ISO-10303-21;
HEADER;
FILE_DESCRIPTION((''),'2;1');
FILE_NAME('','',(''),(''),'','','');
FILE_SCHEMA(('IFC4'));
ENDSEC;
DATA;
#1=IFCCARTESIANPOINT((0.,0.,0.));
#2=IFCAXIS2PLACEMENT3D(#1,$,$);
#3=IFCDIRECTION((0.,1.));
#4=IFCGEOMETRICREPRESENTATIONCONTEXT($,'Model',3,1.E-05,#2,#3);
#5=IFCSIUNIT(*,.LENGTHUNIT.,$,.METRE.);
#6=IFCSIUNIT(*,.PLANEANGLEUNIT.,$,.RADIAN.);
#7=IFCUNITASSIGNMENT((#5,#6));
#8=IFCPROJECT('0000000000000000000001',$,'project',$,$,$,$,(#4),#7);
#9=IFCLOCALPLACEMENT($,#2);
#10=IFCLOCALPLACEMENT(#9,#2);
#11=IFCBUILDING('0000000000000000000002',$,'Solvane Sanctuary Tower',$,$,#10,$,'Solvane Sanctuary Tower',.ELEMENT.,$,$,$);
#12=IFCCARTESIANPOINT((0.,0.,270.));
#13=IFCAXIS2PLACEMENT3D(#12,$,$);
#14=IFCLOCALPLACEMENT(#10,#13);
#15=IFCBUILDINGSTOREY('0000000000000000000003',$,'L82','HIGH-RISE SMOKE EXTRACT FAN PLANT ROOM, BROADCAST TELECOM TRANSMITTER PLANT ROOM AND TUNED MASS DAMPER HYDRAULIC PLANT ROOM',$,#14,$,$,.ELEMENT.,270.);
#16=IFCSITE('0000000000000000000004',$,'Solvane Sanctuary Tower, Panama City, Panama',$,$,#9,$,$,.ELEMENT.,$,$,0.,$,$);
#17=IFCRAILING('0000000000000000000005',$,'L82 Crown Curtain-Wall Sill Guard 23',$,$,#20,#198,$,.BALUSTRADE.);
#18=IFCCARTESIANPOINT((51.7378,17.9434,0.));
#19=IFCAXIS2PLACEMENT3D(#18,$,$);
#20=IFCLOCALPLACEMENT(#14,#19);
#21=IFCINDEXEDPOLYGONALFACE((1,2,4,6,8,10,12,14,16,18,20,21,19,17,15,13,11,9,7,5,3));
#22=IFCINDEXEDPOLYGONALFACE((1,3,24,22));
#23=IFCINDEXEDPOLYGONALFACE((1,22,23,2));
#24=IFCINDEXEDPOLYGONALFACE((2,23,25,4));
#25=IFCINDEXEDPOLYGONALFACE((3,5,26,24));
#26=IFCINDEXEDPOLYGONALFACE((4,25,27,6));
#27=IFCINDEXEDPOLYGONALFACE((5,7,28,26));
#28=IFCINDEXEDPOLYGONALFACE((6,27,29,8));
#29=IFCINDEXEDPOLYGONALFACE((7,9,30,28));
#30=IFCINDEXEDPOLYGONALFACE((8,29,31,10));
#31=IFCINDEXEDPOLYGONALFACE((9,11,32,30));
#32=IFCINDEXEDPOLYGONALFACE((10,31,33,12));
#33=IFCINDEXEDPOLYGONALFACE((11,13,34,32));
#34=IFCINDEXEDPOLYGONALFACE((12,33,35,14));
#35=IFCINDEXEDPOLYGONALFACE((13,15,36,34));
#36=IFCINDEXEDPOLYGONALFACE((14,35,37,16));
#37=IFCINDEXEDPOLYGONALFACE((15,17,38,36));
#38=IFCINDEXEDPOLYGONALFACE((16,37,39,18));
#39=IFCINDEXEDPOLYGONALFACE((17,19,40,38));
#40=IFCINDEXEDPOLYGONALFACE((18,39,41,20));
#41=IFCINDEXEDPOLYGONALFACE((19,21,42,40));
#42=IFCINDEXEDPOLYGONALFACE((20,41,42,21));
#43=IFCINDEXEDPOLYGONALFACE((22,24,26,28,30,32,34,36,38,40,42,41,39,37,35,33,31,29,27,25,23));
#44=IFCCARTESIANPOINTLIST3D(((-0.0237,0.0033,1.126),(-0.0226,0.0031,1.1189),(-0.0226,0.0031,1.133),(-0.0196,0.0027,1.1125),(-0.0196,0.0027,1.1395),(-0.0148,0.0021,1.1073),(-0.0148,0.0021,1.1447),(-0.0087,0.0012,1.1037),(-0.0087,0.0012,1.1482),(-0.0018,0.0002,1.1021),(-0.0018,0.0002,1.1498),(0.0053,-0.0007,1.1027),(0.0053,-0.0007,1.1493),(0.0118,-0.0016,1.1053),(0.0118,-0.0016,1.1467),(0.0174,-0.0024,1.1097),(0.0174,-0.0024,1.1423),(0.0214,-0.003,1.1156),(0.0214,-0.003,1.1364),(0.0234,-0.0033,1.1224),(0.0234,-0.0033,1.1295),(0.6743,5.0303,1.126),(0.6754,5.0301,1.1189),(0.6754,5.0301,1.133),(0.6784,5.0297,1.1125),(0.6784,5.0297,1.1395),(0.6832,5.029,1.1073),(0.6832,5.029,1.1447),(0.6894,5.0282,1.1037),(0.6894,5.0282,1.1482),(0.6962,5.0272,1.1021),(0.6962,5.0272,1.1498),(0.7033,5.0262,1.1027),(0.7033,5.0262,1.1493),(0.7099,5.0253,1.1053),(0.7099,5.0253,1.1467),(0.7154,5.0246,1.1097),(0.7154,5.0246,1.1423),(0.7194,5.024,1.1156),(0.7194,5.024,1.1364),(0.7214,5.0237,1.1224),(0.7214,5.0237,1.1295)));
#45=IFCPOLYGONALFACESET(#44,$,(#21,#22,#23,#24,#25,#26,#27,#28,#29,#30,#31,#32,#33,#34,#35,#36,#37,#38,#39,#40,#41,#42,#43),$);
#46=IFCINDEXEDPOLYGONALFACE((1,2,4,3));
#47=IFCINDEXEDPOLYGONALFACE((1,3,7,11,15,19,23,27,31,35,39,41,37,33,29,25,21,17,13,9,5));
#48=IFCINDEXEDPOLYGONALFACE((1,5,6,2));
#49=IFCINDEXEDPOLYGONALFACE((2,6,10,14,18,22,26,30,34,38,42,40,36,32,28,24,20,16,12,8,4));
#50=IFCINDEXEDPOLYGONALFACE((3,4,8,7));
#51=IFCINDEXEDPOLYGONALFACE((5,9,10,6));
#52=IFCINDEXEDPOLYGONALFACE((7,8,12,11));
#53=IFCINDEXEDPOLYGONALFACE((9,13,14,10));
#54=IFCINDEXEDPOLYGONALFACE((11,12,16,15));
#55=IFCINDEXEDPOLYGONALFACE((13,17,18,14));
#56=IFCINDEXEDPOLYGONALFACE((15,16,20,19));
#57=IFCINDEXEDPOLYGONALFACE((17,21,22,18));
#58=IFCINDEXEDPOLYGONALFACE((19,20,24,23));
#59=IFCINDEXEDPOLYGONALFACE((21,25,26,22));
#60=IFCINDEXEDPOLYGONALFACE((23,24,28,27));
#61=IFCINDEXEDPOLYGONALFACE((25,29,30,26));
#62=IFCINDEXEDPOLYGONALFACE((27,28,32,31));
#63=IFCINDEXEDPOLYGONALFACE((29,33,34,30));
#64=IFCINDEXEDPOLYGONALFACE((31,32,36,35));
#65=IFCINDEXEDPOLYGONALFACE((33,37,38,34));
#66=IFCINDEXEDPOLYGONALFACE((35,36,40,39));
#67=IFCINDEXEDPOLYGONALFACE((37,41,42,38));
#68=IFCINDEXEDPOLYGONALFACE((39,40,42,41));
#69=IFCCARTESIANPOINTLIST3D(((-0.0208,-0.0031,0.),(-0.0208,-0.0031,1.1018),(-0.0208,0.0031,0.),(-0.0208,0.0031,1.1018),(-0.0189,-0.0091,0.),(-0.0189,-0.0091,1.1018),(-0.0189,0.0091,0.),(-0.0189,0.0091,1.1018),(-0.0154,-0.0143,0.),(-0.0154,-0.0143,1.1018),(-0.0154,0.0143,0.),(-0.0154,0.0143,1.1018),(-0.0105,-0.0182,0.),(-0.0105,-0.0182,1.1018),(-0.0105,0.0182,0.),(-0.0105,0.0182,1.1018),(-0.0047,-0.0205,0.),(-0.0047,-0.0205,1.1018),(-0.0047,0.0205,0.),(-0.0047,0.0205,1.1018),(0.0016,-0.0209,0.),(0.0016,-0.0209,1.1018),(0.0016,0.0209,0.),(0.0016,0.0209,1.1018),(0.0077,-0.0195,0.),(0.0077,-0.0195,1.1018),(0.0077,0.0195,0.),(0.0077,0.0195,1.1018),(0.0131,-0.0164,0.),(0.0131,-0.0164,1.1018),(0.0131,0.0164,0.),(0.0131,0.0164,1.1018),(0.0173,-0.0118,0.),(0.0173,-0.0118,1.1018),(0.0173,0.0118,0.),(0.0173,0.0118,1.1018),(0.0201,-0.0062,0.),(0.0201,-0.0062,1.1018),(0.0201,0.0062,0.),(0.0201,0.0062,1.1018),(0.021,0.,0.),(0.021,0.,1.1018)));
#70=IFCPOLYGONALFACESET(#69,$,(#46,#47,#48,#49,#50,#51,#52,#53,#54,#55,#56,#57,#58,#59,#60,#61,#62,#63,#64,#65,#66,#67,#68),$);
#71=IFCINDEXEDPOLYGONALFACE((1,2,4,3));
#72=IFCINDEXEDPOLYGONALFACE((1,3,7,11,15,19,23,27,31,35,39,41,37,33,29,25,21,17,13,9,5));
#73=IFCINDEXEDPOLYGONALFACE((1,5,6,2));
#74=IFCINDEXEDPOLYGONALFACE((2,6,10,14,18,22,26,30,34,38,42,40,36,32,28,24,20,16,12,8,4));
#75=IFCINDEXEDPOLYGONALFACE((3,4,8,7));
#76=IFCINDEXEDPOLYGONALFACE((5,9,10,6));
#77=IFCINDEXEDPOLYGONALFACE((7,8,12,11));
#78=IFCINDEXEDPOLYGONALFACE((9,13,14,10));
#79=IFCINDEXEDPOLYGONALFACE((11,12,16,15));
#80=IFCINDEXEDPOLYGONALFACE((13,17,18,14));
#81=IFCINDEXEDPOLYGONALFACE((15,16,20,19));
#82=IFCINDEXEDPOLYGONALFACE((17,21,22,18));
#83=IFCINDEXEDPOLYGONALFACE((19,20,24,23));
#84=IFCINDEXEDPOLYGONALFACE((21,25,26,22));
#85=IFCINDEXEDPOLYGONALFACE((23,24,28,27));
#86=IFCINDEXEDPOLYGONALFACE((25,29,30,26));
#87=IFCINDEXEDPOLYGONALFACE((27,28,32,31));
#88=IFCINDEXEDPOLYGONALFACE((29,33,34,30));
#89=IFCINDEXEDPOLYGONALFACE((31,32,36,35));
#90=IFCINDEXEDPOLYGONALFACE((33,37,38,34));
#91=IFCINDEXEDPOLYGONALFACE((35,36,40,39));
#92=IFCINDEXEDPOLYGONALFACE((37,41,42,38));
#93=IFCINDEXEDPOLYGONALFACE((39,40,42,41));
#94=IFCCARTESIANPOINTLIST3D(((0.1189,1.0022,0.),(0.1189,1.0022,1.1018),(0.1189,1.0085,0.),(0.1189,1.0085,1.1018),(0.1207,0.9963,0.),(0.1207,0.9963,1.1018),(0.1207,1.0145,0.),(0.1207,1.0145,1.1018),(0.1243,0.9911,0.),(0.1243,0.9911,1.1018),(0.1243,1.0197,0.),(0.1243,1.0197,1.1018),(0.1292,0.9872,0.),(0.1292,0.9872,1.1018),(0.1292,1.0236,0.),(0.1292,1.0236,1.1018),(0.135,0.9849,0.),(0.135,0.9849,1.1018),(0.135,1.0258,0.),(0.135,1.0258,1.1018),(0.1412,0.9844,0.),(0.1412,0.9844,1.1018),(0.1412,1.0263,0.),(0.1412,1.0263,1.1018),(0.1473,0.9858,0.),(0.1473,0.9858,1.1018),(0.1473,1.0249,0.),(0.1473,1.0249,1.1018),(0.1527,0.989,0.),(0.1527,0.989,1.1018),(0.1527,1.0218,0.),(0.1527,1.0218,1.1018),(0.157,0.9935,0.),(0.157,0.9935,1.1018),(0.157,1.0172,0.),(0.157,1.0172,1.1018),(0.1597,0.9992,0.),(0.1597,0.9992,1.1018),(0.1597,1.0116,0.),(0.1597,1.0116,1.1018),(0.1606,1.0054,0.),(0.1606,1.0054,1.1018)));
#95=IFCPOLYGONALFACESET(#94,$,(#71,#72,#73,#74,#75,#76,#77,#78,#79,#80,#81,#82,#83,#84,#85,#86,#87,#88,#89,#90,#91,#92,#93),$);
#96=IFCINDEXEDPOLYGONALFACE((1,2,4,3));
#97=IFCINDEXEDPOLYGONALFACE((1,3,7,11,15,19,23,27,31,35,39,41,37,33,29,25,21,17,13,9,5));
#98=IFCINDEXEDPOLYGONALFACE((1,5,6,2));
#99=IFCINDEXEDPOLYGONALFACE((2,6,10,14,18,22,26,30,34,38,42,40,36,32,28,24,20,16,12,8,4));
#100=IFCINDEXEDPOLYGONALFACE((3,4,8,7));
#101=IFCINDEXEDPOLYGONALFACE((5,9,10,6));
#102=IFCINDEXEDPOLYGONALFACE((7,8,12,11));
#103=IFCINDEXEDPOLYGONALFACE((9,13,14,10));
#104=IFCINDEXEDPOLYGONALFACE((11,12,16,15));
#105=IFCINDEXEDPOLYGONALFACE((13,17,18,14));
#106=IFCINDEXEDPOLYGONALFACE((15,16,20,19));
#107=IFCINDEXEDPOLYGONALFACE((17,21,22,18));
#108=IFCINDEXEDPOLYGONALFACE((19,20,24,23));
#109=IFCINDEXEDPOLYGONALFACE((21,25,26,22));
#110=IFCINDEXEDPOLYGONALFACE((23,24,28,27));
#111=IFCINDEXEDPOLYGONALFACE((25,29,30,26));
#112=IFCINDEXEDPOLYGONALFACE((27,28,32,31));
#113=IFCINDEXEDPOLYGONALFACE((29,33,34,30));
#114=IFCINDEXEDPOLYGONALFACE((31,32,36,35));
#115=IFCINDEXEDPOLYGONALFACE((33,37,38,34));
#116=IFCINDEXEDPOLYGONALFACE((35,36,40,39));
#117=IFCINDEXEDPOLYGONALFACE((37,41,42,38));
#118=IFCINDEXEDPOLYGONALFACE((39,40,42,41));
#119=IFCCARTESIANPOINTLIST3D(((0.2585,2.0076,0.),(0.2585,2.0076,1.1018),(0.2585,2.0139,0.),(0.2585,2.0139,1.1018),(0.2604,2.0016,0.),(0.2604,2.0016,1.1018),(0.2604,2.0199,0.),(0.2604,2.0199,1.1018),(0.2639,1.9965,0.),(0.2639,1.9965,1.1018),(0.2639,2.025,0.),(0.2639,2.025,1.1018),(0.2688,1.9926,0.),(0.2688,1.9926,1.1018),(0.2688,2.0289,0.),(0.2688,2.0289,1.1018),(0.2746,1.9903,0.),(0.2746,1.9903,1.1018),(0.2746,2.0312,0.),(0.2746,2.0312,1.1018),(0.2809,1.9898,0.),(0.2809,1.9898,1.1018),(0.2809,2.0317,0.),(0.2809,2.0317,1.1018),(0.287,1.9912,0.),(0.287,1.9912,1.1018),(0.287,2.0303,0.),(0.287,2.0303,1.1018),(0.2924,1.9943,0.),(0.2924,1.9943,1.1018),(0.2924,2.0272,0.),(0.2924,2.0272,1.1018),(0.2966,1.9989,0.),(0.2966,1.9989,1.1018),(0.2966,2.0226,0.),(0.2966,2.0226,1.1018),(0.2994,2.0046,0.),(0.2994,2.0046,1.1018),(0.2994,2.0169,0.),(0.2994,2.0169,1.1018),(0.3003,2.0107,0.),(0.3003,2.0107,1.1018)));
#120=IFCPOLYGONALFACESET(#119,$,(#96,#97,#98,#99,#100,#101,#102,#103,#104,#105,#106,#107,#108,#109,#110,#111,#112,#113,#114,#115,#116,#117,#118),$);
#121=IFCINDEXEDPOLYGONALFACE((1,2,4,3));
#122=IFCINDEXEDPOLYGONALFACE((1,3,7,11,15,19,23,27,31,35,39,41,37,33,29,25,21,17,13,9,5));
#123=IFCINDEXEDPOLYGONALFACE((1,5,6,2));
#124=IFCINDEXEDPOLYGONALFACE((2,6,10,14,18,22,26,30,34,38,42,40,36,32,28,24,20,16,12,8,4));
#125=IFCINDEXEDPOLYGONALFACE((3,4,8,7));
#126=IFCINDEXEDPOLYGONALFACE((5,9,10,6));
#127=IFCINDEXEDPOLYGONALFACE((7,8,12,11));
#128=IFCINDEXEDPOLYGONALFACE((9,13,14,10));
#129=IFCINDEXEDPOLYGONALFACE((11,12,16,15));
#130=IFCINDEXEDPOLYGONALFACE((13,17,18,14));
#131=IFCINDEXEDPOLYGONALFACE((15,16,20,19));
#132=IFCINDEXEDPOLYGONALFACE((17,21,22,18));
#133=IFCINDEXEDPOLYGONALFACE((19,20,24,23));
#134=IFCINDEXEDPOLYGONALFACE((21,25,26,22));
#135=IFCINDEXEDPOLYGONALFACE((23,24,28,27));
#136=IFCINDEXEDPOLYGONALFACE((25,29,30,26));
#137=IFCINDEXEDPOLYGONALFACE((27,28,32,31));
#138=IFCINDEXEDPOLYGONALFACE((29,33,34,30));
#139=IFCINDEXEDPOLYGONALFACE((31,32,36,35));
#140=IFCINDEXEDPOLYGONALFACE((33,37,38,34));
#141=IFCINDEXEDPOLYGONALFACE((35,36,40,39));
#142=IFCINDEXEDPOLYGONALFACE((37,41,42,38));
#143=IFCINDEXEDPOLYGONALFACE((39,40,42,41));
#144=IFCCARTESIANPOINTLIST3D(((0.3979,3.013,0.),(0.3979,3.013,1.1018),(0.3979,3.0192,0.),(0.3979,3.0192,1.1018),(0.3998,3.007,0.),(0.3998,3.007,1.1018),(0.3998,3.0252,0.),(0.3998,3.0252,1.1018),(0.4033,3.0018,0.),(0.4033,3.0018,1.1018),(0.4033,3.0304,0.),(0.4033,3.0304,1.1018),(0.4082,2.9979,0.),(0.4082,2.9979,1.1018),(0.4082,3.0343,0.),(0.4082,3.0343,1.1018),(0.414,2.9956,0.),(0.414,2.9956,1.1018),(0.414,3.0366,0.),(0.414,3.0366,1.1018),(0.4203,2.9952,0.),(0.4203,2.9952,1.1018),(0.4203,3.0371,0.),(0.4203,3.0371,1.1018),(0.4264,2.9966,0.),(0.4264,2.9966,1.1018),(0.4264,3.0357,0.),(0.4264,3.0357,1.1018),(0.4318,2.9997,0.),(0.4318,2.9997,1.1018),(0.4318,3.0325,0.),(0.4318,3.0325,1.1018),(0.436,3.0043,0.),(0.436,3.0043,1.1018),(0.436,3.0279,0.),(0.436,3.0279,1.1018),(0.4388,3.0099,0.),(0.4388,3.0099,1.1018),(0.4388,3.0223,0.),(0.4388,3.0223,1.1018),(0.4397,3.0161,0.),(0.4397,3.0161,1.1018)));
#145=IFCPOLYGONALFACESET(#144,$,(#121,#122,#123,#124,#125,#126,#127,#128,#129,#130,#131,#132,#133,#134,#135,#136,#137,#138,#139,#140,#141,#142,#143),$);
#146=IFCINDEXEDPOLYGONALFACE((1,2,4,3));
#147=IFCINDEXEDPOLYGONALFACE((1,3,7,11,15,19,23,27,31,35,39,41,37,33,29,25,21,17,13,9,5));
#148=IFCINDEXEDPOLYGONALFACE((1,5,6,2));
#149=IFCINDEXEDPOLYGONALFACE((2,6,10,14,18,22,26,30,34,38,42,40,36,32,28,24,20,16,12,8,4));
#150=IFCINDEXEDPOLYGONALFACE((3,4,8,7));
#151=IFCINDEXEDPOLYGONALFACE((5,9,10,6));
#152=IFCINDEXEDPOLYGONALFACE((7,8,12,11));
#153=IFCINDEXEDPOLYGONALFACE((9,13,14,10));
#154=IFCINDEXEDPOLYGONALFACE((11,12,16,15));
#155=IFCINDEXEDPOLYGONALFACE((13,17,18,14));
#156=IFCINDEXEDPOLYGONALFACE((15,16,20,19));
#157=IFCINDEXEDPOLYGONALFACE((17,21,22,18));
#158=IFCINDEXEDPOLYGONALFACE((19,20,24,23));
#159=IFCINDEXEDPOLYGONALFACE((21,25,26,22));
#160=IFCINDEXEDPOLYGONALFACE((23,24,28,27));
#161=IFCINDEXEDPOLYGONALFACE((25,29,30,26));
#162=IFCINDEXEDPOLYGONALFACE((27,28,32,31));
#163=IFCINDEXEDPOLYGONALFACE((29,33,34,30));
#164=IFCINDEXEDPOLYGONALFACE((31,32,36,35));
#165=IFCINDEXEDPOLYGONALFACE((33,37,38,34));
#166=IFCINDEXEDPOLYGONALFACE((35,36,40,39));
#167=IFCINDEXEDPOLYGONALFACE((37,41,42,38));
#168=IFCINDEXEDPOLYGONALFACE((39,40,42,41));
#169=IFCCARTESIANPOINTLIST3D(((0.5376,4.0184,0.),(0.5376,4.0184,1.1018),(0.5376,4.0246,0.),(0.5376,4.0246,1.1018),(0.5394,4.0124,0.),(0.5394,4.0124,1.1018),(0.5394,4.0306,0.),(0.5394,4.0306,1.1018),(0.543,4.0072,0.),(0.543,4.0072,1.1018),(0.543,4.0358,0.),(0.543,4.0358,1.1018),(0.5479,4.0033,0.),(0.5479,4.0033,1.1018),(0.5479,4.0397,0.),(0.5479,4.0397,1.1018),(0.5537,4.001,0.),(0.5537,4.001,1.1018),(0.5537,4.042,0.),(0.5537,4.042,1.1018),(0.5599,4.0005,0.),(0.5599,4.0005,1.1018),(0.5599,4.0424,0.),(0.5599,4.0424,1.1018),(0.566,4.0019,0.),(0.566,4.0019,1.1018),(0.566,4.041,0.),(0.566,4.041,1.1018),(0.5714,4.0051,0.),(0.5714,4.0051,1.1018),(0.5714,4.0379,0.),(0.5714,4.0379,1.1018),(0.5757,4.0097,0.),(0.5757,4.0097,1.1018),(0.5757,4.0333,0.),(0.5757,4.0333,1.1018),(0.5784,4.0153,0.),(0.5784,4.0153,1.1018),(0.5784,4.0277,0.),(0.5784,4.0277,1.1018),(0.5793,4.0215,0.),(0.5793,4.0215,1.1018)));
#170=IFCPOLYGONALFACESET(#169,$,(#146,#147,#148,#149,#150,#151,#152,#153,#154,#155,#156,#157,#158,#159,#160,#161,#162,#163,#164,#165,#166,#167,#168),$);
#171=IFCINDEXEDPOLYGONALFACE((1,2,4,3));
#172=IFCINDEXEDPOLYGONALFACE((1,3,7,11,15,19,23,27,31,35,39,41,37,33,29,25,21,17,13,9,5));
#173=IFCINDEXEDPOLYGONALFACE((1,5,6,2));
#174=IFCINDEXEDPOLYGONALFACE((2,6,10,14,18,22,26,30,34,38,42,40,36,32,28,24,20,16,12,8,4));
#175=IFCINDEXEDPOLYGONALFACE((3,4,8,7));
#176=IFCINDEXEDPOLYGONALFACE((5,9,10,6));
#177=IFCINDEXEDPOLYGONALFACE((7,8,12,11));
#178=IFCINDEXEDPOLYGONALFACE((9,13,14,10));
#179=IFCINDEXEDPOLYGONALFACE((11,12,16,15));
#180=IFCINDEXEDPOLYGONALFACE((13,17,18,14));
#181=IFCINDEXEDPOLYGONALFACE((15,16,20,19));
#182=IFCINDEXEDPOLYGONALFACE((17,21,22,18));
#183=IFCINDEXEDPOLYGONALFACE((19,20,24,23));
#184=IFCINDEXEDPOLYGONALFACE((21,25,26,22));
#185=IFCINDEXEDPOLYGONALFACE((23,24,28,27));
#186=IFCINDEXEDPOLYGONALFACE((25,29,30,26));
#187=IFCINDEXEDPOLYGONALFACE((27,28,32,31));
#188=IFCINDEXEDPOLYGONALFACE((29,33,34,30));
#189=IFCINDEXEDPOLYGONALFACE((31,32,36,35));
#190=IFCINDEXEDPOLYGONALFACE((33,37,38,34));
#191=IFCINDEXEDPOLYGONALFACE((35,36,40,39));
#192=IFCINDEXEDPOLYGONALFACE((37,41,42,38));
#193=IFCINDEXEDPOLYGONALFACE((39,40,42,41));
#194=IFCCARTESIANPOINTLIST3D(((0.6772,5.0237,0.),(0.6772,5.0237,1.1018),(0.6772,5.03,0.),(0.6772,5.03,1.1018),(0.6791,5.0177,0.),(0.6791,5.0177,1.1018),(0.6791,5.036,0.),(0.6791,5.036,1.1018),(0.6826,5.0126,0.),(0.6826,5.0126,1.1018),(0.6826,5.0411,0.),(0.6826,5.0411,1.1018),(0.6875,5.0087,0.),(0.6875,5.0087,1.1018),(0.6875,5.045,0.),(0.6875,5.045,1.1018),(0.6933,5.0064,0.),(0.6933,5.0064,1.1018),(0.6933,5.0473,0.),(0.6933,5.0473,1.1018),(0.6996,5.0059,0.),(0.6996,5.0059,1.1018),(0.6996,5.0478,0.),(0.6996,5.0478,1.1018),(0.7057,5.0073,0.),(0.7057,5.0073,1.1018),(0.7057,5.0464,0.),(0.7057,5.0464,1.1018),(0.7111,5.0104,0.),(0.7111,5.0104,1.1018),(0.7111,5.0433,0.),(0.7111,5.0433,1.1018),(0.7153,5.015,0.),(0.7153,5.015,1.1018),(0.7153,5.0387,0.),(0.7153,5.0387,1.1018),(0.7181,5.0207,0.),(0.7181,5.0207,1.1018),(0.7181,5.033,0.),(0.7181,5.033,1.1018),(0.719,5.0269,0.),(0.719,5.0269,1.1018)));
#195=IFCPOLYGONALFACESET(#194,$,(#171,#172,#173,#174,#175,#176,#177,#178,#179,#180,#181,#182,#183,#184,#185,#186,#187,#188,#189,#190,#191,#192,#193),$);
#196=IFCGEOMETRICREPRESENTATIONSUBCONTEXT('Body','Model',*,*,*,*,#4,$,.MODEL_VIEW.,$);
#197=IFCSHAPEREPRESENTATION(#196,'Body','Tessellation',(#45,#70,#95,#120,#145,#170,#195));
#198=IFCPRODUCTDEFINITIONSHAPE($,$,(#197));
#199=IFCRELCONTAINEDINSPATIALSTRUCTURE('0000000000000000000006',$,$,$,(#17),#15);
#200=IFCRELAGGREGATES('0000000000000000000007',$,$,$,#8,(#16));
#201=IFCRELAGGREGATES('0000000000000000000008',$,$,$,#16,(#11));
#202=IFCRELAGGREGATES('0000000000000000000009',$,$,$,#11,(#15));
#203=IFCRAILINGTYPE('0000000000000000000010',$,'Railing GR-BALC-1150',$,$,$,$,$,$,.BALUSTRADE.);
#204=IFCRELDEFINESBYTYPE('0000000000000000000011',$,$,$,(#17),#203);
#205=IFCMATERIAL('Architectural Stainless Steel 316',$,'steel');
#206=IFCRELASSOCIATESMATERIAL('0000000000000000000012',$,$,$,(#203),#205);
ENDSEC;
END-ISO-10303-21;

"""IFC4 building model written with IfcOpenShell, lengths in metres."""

from ifc_helpers import new_model, si_unit, direction, frame, origin, origin_2d, place, context, subcontext, project, spatial, circle, extrude, material, type_object, element, save


model = new_model("IFC4")

# Units and contexts
model_context = context("Model", 3, precision=1e-05, world=origin(), true_north=direction((0.0, 1.0)))
body_context = subcontext(model_context, "Body", "Model", "MODEL_VIEW")
ifc_project = project(units=[si_unit("LENGTHUNIT", "METRE"), si_unit("PLANEANGLEUNIT", "RADIAN")], contexts=[model_context])

# Site, building, storey
site_placement = place(None, origin())
site = spatial("IfcSite", under=ifc_project, at=site_placement, Name="Solvane Sanctuary Tower, Panama City, Panama", CompositionType="ELEMENT", RefElevation=0.0)
building_placement = place(site_placement, origin())
building = spatial("IfcBuilding", under=site, at=building_placement, Name="Solvane Sanctuary Tower", LongName="Solvane Sanctuary Tower", CompositionType="ELEMENT")
storey_placement = place(building_placement, frame((0.0, 0.0, 270.0)))
storey = spatial("IfcBuildingStorey", under=building, at=storey_placement, Name="L82", Description="HIGH-RISE SMOKE EXTRACT FAN PLANT ROOM, BROADCAST TELECOM TRANSMITTER PLANT ROOM AND TUNED MASS DAMPER HYDRAULIC PLANT ROOM", CompositionType="ELEMENT", Elevation=270.0)

# Shared definitions
ifc_material_1 = material(Name="Architectural Stainless Steel 316", Category="steel")

# Railing
railing_type_1 = type_object("IfcRailingType", Name="Railing GR-BALC-1150", PredefinedType="BALUSTRADE", material=ifc_material_1)
railing_1_placement = place(storey_placement, frame((51.7378, 17.9434, 0.0)))
element("IfcRailing", 1, at=railing_1_placement, inside=storey, type_object=railing_type_1, Name="L82 Crown Curtain-Wall Sill Guard 23", PredefinedType="BALUSTRADE", context=body_context, shape_type="SweptSolid", body=[
    extrude(circle(Radius=0.0239, at=origin_2d()), frame((0.0, 0.0, 1.126), z_axis=(0.137534, 0.990497, 0.0), x_axis=(-0.990497, 0.137534, 0.0)), (0.0, 0.0, 1.0), 5.0752),
    extrude(circle(Radius=0.021, at=origin_2d()), origin(), (0.0, 0.0, 1.0), 1.1018),
    extrude(circle(Radius=0.021, at=origin_2d()), frame((0.1396, 1.0054, 0.0)), (0.0, 0.0, 1.0), 1.1018),
    extrude(circle(Radius=0.021, at=origin_2d()), frame((0.2793, 2.0107, 0.0)), (0.0, 0.0, 1.0), 1.1018),
    extrude(circle(Radius=0.021, at=origin_2d()), frame((0.4187, 3.0161, 0.0)), (0.0, 0.0, 1.0), 1.1018),
    extrude(circle(Radius=0.021, at=origin_2d()), frame((0.5583, 4.0215, 0.0)), (0.0, 0.0, 1.0), 1.1018),
    extrude(circle(Radius=0.021, at=origin_2d()), frame((0.698, 5.0269, 0.0)), (0.0, 0.0, 1.0), 1.1018),
])

save(model, "model.ifc")
